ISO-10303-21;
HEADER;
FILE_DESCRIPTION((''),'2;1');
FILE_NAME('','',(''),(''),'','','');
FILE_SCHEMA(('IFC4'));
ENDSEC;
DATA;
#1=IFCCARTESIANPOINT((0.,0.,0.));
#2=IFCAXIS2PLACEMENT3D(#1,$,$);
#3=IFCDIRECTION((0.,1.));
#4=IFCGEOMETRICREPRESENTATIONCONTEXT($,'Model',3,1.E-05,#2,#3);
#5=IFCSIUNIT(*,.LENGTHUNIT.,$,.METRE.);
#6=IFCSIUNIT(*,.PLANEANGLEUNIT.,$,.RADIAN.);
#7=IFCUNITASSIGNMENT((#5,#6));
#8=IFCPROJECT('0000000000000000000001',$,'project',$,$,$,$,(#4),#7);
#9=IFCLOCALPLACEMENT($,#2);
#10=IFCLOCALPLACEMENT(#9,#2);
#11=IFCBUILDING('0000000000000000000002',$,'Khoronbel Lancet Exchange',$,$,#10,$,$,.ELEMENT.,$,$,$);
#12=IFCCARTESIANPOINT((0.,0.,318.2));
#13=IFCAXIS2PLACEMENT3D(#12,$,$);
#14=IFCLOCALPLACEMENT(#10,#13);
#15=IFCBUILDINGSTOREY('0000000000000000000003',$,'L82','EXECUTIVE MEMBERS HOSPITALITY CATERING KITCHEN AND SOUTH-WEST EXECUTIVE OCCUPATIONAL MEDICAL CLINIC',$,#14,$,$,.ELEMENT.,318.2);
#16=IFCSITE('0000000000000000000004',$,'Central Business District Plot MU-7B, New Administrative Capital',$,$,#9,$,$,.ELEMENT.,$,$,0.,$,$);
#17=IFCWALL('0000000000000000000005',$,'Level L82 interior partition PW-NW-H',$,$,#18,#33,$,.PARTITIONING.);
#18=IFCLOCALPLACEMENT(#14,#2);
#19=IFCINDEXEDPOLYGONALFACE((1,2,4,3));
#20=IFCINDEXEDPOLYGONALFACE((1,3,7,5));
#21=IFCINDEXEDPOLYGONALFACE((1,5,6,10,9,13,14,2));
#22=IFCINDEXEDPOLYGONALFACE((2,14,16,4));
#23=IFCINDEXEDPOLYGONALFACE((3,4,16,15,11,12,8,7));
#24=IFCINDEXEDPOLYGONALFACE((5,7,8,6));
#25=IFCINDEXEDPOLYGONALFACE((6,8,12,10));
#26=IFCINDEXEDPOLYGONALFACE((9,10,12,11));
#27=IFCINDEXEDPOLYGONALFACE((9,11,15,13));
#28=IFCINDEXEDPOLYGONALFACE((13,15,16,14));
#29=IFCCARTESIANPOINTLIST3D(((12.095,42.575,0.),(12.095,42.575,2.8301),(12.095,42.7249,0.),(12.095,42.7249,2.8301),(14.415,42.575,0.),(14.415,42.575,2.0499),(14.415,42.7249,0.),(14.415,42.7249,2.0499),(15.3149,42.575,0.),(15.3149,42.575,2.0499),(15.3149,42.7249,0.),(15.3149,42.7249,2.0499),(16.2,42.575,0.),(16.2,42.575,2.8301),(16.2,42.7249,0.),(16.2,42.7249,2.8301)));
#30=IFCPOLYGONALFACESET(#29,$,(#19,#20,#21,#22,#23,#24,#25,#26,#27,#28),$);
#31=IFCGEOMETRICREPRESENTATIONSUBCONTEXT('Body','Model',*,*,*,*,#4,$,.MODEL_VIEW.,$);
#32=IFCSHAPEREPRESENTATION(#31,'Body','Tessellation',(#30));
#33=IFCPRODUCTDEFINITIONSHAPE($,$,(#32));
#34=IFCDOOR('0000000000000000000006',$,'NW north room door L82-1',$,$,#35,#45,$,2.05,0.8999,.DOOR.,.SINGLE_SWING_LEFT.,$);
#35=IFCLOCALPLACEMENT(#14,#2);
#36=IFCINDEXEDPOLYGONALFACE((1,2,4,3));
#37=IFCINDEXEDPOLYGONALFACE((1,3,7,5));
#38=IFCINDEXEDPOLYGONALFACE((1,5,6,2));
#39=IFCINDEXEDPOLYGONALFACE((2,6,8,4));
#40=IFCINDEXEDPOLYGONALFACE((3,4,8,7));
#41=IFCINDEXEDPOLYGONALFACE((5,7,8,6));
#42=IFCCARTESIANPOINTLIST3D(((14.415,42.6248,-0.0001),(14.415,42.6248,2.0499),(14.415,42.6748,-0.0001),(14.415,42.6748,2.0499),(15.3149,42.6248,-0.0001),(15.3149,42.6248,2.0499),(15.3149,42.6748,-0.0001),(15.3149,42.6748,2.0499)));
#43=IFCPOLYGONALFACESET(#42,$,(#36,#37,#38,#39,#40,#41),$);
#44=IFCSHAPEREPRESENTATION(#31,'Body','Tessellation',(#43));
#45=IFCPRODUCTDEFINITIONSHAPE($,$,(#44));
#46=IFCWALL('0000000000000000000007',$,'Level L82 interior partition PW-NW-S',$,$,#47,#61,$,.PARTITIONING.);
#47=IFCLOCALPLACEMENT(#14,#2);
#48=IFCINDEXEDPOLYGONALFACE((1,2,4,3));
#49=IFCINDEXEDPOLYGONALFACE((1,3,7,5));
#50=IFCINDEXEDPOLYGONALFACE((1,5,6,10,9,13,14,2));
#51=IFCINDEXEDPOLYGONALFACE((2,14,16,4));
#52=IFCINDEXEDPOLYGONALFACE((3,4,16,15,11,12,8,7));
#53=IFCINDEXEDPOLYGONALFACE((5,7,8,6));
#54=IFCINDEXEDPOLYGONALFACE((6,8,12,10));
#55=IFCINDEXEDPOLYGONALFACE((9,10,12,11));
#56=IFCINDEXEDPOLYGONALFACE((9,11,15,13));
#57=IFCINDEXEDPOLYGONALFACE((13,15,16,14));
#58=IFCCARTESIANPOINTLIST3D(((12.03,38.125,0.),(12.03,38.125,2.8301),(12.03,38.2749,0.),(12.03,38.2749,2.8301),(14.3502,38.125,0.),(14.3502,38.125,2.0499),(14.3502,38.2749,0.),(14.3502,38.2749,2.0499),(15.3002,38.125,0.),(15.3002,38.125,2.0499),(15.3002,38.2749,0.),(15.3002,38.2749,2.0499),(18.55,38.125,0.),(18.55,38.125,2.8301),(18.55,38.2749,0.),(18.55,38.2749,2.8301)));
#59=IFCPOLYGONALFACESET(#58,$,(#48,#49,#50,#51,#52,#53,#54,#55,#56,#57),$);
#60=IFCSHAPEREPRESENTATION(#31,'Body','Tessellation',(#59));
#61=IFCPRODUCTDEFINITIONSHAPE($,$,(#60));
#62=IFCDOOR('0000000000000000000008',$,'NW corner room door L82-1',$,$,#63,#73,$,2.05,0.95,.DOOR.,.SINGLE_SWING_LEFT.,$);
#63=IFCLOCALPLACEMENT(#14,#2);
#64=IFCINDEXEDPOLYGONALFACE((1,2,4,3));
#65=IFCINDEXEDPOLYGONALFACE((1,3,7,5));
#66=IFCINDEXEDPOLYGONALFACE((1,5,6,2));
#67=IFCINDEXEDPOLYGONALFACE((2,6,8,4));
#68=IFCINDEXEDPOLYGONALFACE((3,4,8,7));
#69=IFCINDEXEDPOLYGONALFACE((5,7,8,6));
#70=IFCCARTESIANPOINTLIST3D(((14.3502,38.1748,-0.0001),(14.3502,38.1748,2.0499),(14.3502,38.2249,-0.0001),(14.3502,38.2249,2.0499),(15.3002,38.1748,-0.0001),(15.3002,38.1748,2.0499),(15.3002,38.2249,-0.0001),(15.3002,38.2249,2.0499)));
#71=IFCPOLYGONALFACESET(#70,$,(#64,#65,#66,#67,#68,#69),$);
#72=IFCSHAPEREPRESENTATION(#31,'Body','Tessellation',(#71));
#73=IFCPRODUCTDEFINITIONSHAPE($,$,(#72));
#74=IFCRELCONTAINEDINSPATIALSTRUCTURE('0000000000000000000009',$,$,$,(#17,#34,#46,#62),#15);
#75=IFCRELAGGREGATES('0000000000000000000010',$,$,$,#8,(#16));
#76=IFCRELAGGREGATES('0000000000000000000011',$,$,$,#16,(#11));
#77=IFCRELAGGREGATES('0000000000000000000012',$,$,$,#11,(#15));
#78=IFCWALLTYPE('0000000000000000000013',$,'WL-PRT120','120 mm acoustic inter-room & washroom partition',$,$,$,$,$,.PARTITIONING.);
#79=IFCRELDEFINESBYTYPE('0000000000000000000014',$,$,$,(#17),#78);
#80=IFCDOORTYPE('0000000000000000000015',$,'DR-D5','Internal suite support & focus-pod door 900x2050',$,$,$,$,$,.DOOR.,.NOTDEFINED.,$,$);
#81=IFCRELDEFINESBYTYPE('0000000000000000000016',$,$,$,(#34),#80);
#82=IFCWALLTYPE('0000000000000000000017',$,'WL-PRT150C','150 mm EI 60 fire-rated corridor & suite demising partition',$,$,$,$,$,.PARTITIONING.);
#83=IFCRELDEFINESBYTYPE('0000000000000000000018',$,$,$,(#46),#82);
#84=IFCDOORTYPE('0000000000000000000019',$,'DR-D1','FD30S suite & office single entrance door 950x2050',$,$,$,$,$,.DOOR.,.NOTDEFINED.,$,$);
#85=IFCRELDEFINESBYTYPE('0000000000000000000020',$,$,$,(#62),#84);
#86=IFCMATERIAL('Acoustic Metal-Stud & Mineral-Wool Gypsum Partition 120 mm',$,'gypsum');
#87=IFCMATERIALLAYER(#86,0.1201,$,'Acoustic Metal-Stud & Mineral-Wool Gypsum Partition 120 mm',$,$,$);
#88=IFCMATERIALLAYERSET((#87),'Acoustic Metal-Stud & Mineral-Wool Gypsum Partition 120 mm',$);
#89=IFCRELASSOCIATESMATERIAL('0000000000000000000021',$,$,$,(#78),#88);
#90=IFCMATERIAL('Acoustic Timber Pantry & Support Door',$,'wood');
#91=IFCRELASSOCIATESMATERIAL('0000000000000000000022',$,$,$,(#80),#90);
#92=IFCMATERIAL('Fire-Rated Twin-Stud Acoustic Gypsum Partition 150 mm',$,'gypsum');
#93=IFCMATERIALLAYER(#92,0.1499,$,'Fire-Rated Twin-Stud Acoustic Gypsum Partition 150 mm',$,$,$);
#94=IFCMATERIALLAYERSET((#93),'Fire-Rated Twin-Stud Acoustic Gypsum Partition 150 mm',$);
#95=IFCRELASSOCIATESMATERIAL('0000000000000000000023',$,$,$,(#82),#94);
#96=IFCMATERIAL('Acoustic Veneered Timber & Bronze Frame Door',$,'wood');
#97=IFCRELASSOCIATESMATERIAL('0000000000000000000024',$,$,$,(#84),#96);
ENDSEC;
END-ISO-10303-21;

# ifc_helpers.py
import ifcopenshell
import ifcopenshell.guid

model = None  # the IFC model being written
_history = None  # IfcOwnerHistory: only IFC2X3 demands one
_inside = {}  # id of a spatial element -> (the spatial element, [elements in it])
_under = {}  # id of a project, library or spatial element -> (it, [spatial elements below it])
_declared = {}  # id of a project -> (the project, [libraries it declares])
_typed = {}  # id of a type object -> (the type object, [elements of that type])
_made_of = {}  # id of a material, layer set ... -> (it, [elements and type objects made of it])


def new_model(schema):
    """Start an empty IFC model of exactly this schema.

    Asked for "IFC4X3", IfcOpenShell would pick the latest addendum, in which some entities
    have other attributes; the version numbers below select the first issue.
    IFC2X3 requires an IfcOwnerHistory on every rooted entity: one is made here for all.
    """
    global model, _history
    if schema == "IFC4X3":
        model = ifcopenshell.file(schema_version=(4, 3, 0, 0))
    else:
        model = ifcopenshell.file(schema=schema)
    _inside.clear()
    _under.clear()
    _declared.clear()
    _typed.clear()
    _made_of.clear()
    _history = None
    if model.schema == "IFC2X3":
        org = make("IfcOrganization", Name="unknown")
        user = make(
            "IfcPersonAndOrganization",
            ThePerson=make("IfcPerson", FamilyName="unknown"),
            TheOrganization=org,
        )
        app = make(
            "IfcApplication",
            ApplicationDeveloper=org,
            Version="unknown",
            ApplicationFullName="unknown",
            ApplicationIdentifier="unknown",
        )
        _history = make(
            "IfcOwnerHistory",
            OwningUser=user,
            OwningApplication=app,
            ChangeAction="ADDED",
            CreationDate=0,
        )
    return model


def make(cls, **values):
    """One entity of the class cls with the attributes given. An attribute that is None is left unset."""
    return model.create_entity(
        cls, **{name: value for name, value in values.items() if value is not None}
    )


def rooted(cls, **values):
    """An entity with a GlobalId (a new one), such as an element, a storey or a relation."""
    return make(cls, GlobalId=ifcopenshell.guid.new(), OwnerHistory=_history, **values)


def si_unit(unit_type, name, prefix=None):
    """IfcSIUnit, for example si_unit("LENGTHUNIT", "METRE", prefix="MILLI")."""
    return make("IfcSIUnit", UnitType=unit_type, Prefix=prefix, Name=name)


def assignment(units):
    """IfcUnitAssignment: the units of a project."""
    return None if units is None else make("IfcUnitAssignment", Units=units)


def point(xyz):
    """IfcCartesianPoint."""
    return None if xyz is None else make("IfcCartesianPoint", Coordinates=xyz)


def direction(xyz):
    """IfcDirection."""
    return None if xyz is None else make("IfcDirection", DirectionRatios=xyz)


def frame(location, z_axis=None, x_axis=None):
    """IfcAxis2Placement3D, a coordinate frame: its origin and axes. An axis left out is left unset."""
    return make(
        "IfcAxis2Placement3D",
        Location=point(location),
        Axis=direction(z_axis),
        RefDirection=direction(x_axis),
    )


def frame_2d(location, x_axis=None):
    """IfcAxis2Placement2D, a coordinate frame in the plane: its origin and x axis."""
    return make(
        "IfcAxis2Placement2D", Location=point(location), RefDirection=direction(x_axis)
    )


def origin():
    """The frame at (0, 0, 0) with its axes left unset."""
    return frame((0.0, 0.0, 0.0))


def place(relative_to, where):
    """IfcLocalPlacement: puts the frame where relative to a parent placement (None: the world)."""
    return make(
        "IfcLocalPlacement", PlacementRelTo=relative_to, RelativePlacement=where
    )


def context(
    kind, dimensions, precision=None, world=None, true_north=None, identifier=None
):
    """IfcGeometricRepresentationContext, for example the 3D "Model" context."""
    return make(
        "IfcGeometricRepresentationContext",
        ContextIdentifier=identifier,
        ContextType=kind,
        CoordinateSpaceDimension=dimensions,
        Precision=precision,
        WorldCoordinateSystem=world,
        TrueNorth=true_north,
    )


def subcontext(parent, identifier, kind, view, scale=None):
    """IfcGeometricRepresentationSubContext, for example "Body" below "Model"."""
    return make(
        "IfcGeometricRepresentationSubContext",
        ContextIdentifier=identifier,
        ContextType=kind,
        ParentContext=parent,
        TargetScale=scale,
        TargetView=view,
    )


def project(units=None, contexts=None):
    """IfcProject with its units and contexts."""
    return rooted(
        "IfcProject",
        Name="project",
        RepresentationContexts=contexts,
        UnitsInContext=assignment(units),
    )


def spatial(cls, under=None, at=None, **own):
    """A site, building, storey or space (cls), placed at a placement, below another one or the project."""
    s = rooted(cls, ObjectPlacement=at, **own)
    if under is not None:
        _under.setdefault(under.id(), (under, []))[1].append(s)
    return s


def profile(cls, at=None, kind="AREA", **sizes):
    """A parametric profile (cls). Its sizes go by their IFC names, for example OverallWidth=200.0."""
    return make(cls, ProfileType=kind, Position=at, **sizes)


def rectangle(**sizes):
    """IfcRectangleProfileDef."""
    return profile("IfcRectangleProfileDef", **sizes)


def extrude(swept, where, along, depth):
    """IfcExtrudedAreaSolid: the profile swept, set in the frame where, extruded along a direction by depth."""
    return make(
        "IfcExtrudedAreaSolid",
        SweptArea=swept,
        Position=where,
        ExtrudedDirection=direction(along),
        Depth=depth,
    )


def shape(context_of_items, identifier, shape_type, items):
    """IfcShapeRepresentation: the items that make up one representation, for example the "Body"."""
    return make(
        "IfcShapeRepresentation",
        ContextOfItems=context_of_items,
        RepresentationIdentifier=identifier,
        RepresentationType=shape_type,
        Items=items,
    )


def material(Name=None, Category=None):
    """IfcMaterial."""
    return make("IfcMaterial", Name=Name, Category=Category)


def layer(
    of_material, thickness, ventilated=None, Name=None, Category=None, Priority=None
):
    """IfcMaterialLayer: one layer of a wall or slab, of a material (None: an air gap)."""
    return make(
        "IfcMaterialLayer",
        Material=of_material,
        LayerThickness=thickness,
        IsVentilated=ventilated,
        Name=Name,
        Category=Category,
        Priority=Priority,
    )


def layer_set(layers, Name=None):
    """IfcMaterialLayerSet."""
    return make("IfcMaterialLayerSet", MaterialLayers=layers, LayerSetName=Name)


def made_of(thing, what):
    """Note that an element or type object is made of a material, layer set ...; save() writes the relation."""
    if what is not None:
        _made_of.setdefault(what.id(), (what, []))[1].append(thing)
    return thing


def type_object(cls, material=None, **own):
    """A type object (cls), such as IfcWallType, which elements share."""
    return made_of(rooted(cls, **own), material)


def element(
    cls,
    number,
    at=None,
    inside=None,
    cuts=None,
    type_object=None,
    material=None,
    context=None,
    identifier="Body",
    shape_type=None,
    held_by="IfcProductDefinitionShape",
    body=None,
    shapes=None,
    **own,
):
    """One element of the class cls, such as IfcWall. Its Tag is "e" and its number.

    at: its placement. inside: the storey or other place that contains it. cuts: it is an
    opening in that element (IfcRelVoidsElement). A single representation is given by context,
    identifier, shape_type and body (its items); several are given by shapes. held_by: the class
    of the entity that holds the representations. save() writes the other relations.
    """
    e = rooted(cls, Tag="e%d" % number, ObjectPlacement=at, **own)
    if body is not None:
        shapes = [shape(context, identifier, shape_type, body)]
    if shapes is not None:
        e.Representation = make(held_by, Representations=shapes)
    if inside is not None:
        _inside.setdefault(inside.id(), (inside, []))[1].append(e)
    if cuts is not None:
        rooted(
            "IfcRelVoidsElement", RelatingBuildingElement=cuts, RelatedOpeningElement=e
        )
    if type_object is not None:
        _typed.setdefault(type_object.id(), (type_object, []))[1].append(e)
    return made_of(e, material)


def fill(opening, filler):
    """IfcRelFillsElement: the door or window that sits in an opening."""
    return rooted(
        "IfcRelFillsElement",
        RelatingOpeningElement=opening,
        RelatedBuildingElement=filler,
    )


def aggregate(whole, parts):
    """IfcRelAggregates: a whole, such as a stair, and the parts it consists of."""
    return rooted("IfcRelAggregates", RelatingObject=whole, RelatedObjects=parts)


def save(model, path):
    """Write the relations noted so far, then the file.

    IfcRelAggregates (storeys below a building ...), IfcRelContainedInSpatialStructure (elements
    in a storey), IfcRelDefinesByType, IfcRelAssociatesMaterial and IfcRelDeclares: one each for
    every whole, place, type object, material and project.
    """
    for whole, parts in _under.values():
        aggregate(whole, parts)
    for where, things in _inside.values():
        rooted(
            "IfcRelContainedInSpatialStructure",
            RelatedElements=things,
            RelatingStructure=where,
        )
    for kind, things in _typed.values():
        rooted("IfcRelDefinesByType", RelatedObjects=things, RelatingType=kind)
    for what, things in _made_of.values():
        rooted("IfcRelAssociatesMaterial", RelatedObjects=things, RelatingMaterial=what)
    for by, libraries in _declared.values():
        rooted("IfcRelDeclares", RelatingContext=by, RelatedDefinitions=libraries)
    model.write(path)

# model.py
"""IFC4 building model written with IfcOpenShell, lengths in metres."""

from ifc_helpers import new_model, si_unit, direction, frame, frame_2d, origin, place, context, subcontext, project, spatial, rectangle, extrude, material, layer, layer_set, type_object, element, fill, save


model = new_model("IFC4")

# Units and contexts
model_context = context("Model", 3, precision=1e-05, world=origin(), true_north=direction((0.0, 1.0)))
body_context = subcontext(model_context, "Body", "Model", "MODEL_VIEW")
ifc_project = project(units=[si_unit("LENGTHUNIT", "METRE"), si_unit("PLANEANGLEUNIT", "RADIAN")], contexts=[model_context])

# Site, building, storey
site_placement = place(None, origin())
site = spatial("IfcSite", under=ifc_project, at=site_placement, Name="Central Business District Plot MU-7B, New Administrative Capital", CompositionType="ELEMENT", RefElevation=0.0)
building_placement = place(site_placement, origin())
building = spatial("IfcBuilding", under=site, at=building_placement, Name="Khoronbel Lancet Exchange", CompositionType="ELEMENT")
storey_placement = place(building_placement, frame((0.0, 0.0, 318.2)))
storey = spatial("IfcBuildingStorey", under=building, at=storey_placement, Name="L82", Description="EXECUTIVE MEMBERS HOSPITALITY CATERING KITCHEN AND SOUTH-WEST EXECUTIVE OCCUPATIONAL MEDICAL CLINIC", CompositionType="ELEMENT", Elevation=318.2)

# Walls, openings, doors
ifc_material_1 = material(Name="Acoustic Metal-Stud & Mineral-Wool Gypsum Partition 120 mm", Category="gypsum")
ifc_layer_1 = layer(ifc_material_1, 0.1201, Name="Acoustic Metal-Stud & Mineral-Wool Gypsum Partition 120 mm")
ifc_layer_set_1 = layer_set([ifc_layer_1], Name="Acoustic Metal-Stud & Mineral-Wool Gypsum Partition 120 mm")
wall_type_1 = type_object("IfcWallType", Name="WL-PRT120", Description="120 mm acoustic inter-room & washroom partition", PredefinedType="PARTITIONING", material=ifc_layer_set_1)
wall_1_placement = place(storey_placement, frame((12.095, 42.6499, 0.0), z_axis=(0.0, 0.0, 1.0), x_axis=(1.0, 0.0, 0.0)))
wall_1 = element("IfcWall", 1, at=wall_1_placement, inside=storey, type_object=wall_type_1, Name="Level L82 interior partition PW-NW-H", PredefinedType="PARTITIONING", context=body_context, shape_type="SweptSolid", body=[
    extrude(rectangle(XDim=4.105, YDim=0.1499, at=frame_2d((2.0525, 0.0))), origin(), (0.0, 0.0, 1.0), 2.8301),
])
opening_1_placement = place(wall_1_placement, frame((2.3201, 0.0, 0.0)))
opening_1 = element("IfcOpeningElement", 2, at=opening_1_placement, cuts=wall_1, PredefinedType="OPENING", context=body_context, shape_type="SweptSolid", body=[
    extrude(rectangle(XDim=0.8999, YDim=2.05, at=frame_2d((0.45, 1.0249))), frame((0.0, 0.085, 0.0), z_axis=(0.0, -1.0, 0.0), x_axis=(1.0, 0.0, 0.0)), (0.0, 0.0, 1.0), 0.1699),
])
ifc_material_2 = material(Name="Acoustic Timber Pantry & Support Door", Category="wood")
door_type_1 = type_object("IfcDoorType", Name="DR-D5", Description="Internal suite support & focus-pod door 900x2050", OperationType="NOTDEFINED", PredefinedType="DOOR", material=ifc_material_2)
door_1_placement = place(opening_1_placement, origin())
door_1 = element("IfcDoor", 3, at=door_1_placement, inside=storey, type_object=door_type_1, Name="NW north room door L82-1", OperationType="SINGLE_SWING_LEFT", OverallHeight=2.05, OverallWidth=0.8999, PredefinedType="DOOR", context=body_context, shape_type="SweptSolid", body=[
    extrude(rectangle(XDim=0.8999, YDim=2.05, at=frame_2d((0.45, 1.0249))), frame((0.0, 0.0249, 0.0), z_axis=(0.0, -1.0, 0.0), x_axis=(1.0, 0.0, 0.0)), (0.0, 0.0, 1.0), 0.05),
])
fill(opening_1, door_1)
ifc_material_3 = material(Name="Fire-Rated Twin-Stud Acoustic Gypsum Partition 150 mm", Category="gypsum")
ifc_layer_2 = layer(ifc_material_3, 0.1499, Name="Fire-Rated Twin-Stud Acoustic Gypsum Partition 150 mm")
ifc_layer_set_2 = layer_set([ifc_layer_2], Name="Fire-Rated Twin-Stud Acoustic Gypsum Partition 150 mm")
wall_type_2 = type_object("IfcWallType", Name="WL-PRT150C", Description="150 mm EI 60 fire-rated corridor & suite demising partition", PredefinedType="PARTITIONING", material=ifc_layer_set_2)
wall_2_placement = place(storey_placement, frame((12.03, 38.2, 0.0), z_axis=(0.0, 0.0, 1.0), x_axis=(1.0, 0.0, 0.0)))
wall_2 = element("IfcWall", 4, at=wall_2_placement, inside=storey, type_object=wall_type_2, Name="Level L82 interior partition PW-NW-S", PredefinedType="PARTITIONING", context=body_context, shape_type="SweptSolid", body=[
    extrude(rectangle(XDim=6.52, YDim=0.1499, at=frame_2d((3.26, 0.0))), origin(), (0.0, 0.0, 1.0), 2.8301),
])
opening_2_placement = place(wall_2_placement, frame((2.3201, 0.0, 0.0)))
opening_2 = element("IfcOpeningElement", 5, at=opening_2_placement, cuts=wall_2, PredefinedType="OPENING", context=body_context, shape_type="SweptSolid", body=[
    extrude(rectangle(XDim=0.95, YDim=2.05, at=frame_2d((0.4751, 1.0249))), frame((0.0, 0.085, 0.0), z_axis=(0.0, -1.0, 0.0), x_axis=(1.0, 0.0, 0.0)), (0.0, 0.0, 1.0), 0.1699),
])
ifc_material_4 = material(Name="Acoustic Veneered Timber & Bronze Frame Door", Category="wood")
door_type_2 = type_object("IfcDoorType", Name="DR-D1", Description="FD30S suite & office single entrance door 950x2050", OperationType="NOTDEFINED", PredefinedType="DOOR", material=ifc_material_4)
door_2_placement = place(opening_2_placement, origin())
door_2 = element("IfcDoor", 6, at=door_2_placement, inside=storey, type_object=door_type_2, Name="NW corner room door L82-1", OperationType="SINGLE_SWING_LEFT", OverallHeight=2.05, OverallWidth=0.95, PredefinedType="DOOR", context=body_context, shape_type="SweptSolid", body=[
    extrude(rectangle(XDim=0.95, YDim=2.05, at=frame_2d((0.4751, 1.0249))), frame((0.0, 0.0249, 0.0), z_axis=(0.0, -1.0, 0.0), x_axis=(1.0, 0.0, 0.0)), (0.0, 0.0, 1.0), 0.05),
])
fill(opening_2, door_2)

save(model, "model.ifc")
